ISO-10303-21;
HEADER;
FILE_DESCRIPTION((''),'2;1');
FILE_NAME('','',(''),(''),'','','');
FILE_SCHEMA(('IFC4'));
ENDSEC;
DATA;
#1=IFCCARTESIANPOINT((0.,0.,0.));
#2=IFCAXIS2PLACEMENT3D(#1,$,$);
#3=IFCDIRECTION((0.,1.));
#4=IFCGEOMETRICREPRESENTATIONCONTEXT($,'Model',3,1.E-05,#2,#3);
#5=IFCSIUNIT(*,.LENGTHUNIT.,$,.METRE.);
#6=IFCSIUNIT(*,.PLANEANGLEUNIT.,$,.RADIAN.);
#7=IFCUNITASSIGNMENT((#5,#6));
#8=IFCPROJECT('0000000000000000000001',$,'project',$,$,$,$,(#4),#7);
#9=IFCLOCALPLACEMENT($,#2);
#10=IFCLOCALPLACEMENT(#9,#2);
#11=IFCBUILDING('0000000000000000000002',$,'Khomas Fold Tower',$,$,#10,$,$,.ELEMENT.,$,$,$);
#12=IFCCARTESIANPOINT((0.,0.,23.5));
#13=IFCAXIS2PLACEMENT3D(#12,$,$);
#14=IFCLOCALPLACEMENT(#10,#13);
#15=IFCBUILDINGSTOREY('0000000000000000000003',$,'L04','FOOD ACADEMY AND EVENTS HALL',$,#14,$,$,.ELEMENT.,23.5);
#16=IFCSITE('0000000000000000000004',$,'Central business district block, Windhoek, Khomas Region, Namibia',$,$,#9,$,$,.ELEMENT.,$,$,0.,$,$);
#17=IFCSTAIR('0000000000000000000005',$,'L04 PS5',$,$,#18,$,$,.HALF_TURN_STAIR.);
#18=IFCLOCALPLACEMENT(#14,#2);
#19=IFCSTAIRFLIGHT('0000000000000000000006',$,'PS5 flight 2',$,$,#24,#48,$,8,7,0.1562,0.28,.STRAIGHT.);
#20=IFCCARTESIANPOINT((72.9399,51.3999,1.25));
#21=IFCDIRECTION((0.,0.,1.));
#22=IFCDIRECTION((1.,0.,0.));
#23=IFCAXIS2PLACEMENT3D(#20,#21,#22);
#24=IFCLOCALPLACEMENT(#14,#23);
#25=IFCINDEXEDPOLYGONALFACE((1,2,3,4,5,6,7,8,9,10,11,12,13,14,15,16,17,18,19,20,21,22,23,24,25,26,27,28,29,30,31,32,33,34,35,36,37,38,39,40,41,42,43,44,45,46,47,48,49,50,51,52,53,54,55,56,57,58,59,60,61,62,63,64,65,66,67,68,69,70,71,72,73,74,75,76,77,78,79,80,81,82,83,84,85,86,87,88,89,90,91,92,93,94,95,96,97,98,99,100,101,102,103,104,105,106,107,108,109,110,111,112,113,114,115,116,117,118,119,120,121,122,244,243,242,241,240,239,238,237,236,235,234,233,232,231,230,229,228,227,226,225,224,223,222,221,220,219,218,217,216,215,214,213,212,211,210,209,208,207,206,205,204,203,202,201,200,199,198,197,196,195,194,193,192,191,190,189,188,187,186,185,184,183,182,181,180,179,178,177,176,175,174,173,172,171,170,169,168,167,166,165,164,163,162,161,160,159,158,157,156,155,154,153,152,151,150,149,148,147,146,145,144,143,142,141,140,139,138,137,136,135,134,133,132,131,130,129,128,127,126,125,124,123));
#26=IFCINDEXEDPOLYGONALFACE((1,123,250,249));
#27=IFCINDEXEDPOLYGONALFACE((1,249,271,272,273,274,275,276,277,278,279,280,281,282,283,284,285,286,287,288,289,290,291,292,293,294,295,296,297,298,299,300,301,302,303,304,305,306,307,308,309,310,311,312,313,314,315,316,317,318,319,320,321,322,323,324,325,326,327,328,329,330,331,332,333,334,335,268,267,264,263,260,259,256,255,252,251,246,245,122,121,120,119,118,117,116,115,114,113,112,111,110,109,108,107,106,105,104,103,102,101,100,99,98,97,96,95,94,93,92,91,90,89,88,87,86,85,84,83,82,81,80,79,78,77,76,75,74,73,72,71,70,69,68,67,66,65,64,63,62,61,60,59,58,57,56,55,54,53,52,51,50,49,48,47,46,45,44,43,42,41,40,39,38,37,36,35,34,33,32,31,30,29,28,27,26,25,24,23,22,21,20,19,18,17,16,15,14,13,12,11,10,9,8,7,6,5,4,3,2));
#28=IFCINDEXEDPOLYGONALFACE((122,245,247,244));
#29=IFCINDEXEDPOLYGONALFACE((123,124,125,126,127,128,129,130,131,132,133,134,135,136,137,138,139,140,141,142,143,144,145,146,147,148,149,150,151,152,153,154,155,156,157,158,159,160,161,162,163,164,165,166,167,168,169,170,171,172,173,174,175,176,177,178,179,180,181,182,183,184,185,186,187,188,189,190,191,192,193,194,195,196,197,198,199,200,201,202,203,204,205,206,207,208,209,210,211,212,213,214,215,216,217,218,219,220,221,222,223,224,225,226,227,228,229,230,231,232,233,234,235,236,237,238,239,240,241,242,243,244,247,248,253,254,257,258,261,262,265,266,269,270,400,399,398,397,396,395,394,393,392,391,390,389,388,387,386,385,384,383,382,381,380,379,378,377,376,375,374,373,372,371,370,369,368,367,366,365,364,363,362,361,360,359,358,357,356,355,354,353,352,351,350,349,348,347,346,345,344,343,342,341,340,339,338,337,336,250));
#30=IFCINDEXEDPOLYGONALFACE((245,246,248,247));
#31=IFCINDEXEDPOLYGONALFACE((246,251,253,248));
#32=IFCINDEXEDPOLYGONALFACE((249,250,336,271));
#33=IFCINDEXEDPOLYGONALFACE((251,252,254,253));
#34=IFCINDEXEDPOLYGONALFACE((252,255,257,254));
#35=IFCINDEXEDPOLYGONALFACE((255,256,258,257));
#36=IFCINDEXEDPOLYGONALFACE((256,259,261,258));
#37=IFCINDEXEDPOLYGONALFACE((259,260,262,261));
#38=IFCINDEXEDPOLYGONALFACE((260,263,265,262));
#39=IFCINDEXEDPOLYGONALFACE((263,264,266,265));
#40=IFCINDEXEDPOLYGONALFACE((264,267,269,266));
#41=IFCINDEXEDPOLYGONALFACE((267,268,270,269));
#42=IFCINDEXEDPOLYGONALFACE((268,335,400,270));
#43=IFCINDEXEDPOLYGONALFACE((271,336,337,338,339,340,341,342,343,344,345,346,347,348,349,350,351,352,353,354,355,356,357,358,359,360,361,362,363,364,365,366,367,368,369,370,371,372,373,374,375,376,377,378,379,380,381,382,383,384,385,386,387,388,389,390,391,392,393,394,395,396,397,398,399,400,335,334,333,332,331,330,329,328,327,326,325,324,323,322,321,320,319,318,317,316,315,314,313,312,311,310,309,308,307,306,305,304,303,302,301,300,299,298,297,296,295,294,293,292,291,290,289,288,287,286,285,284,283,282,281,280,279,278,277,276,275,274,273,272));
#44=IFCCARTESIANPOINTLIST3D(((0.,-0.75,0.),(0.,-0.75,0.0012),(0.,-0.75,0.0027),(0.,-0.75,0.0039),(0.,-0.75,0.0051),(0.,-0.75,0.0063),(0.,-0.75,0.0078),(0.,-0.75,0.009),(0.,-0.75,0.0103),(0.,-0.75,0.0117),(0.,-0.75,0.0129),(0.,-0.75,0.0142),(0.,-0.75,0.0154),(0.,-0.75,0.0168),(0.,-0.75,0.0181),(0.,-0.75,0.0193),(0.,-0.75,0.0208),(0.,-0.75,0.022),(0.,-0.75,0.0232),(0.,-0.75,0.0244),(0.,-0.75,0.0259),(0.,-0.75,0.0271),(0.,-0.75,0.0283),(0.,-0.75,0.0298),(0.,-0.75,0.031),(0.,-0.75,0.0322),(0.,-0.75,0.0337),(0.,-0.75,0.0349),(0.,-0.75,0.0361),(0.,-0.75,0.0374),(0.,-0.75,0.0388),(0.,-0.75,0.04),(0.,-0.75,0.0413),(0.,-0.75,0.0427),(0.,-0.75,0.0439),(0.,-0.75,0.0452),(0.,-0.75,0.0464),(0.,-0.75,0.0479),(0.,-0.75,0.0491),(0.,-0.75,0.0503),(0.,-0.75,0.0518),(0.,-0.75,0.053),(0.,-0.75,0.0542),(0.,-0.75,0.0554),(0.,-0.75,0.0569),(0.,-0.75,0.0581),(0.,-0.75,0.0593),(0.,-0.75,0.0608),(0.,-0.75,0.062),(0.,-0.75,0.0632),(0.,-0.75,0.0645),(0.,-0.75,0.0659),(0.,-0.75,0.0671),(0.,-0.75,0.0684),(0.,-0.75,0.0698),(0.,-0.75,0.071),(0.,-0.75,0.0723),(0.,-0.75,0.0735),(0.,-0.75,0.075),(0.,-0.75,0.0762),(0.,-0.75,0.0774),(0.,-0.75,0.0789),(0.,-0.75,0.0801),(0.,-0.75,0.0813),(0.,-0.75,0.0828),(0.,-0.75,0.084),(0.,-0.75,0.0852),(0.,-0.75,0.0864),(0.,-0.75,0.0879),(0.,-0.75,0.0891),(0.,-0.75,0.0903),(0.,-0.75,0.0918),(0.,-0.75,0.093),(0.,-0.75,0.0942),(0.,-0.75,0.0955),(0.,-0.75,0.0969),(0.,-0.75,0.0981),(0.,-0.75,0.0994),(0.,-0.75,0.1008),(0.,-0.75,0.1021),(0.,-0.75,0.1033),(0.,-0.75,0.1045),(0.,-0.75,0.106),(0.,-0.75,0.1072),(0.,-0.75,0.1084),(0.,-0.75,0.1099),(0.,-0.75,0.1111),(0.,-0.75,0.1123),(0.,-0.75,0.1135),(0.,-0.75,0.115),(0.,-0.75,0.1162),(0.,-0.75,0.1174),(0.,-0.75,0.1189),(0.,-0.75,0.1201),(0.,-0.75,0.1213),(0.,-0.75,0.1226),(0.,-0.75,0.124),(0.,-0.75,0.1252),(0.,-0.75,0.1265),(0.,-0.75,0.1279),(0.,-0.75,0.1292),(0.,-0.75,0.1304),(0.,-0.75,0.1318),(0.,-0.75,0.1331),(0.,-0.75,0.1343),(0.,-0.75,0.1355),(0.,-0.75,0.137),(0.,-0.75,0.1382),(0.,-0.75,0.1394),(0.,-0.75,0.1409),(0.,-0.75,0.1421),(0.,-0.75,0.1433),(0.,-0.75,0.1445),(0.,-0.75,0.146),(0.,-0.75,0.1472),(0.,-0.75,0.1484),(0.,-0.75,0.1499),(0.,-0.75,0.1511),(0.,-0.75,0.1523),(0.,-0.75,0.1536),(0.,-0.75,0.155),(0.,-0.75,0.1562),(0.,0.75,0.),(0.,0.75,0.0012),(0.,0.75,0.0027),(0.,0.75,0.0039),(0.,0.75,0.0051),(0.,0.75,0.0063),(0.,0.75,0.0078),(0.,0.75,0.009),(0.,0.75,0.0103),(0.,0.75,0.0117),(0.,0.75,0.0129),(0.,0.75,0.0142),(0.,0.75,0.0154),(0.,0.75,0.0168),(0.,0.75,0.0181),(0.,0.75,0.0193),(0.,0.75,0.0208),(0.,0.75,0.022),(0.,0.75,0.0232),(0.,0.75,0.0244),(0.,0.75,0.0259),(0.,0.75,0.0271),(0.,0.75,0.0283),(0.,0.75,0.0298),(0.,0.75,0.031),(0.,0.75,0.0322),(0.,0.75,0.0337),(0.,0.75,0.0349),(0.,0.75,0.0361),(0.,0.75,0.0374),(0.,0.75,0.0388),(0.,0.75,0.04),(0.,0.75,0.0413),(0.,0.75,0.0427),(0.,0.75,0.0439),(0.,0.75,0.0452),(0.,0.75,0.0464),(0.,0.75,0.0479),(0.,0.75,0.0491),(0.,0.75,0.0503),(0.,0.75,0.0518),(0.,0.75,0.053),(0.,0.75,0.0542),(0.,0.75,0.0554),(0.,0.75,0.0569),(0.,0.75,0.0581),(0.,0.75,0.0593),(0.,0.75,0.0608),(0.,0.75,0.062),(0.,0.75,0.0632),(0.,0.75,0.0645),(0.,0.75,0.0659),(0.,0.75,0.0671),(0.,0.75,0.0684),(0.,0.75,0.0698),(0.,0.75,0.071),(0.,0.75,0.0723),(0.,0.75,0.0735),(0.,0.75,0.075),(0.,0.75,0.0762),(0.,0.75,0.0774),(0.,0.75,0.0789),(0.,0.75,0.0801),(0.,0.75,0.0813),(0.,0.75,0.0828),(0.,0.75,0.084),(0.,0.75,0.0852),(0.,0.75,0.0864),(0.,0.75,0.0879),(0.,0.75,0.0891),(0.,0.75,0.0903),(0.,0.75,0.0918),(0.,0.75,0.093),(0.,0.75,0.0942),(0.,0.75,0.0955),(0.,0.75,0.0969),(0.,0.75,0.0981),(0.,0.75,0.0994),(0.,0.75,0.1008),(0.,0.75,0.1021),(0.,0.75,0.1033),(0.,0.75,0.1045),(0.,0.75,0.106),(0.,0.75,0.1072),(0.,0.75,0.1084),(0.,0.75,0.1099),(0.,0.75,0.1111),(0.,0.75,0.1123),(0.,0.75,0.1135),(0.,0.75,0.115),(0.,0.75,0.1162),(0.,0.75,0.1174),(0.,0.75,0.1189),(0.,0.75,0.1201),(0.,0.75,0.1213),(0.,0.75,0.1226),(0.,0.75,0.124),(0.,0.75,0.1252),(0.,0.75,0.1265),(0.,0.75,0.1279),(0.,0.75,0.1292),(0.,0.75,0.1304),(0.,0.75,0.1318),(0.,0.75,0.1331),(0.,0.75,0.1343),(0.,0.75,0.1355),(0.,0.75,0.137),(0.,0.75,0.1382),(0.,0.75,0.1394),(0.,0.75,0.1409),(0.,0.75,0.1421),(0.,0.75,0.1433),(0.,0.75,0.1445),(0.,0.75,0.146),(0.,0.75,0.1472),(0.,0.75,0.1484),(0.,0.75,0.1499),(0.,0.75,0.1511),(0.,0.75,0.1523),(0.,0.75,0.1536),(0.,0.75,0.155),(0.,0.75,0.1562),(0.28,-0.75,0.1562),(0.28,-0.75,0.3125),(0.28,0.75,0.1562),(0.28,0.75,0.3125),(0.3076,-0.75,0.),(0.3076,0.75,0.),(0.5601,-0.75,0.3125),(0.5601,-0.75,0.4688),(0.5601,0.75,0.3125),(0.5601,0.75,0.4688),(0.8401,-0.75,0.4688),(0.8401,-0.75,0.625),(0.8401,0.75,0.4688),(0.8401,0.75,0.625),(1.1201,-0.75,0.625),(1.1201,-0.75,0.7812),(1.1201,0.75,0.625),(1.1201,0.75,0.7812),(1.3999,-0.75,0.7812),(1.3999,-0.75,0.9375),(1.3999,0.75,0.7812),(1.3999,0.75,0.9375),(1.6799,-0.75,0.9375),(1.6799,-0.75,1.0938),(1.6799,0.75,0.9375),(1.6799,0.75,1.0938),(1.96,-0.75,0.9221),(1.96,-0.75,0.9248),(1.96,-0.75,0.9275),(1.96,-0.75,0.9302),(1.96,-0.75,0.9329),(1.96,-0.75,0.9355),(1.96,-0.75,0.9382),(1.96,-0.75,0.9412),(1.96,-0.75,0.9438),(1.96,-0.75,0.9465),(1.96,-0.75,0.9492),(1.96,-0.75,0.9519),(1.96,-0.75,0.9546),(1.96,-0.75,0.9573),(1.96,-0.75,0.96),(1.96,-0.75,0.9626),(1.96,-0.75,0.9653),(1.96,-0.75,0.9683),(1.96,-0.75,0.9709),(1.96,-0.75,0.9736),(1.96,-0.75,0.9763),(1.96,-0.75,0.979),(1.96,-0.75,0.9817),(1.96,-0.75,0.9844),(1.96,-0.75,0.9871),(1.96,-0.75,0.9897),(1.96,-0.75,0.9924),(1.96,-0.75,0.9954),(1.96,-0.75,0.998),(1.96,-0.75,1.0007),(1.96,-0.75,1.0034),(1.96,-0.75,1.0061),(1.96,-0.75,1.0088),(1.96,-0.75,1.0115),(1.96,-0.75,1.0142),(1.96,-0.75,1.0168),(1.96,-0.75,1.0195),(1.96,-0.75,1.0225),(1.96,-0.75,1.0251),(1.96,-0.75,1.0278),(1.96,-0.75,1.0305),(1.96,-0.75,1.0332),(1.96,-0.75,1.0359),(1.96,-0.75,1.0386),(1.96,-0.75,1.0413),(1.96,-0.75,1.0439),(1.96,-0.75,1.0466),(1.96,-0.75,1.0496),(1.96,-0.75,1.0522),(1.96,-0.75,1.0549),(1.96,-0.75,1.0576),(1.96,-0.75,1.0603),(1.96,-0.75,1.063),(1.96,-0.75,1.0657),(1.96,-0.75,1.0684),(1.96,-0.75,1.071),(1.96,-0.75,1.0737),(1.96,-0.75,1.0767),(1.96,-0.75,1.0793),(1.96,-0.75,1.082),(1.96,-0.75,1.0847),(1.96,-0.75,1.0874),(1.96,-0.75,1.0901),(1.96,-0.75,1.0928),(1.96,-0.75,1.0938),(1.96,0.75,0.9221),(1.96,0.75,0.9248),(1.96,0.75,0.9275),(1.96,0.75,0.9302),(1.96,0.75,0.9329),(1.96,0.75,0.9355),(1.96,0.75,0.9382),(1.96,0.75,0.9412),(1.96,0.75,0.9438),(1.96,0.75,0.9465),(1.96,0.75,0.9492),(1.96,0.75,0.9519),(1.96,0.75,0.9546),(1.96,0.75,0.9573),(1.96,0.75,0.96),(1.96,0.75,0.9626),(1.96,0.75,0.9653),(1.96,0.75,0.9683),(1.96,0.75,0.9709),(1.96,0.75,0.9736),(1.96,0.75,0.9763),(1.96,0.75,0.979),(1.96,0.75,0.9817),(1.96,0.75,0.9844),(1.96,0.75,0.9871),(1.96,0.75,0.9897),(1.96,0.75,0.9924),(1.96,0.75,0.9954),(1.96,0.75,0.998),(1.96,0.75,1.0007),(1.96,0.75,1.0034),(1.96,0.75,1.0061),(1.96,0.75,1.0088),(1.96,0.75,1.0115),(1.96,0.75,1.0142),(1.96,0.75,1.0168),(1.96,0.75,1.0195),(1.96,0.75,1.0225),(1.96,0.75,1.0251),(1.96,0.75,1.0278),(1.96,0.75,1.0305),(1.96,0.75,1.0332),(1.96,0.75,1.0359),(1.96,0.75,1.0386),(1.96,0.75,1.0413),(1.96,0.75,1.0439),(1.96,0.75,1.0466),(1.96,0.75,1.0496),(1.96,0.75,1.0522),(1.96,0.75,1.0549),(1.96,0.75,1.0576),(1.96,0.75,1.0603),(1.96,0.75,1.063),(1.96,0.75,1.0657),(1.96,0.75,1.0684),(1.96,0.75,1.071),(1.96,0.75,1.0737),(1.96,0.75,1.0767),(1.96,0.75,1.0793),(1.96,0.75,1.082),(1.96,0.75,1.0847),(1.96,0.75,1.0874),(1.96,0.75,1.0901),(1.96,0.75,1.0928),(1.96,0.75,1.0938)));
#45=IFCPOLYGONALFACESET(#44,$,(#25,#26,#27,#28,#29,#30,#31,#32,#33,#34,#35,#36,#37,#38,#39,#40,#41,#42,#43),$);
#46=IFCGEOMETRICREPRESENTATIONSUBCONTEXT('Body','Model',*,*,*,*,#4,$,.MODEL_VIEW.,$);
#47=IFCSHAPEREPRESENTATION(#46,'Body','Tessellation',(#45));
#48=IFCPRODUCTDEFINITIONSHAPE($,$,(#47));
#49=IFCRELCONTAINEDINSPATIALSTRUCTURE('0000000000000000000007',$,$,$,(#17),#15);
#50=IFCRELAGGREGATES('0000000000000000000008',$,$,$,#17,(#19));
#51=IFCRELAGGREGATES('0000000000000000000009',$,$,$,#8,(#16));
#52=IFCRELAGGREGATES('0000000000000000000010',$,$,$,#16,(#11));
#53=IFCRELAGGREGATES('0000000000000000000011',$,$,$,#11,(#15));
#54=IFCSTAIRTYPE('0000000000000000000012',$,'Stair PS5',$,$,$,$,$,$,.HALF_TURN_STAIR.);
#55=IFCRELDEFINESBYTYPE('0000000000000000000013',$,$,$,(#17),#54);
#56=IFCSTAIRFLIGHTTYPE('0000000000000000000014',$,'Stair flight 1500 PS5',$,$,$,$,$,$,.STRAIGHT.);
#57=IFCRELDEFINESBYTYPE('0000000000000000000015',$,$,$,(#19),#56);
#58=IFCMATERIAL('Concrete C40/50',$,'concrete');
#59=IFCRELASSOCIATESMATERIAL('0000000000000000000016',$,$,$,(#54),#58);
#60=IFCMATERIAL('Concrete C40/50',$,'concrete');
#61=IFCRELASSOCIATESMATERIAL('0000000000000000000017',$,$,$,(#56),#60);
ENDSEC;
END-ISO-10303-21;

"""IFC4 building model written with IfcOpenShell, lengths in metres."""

from ifc_helpers import new_model, si_unit, direction, frame, origin, place, context, subcontext, project, spatial, polyline, outline, extrude, source, transform, mapped, material, type_object, element, aggregate, save


model = new_model("IFC4")

# Units and contexts
model_context = context("Model", 3, precision=1e-05, world=origin(), true_north=direction((0.0, 1.0)))
body_context = subcontext(model_context, "Body", "Model", "MODEL_VIEW")
ifc_project = project(units=[si_unit("LENGTHUNIT", "METRE"), si_unit("PLANEANGLEUNIT", "RADIAN")], contexts=[model_context])

# Site, building, storey
site_placement = place(None, origin())
site = spatial("IfcSite", under=ifc_project, at=site_placement, Name="Central business district block, Windhoek, Khomas Region, Namibia", CompositionType="ELEMENT", RefElevation=0.0)
building_placement = place(site_placement, origin())
building = spatial("IfcBuilding", under=site, at=building_placement, Name="Khomas Fold Tower", CompositionType="ELEMENT")
storey_placement = place(building_placement, frame((0.0, 0.0, 23.5)))
storey = spatial("IfcBuildingStorey", under=building, at=storey_placement, Name="L04", Description="FOOD ACADEMY AND EVENTS HALL", CompositionType="ELEMENT", Elevation=23.5)

# Stair, stair flight
ifc_material_1 = material(Name="Concrete C40/50", Category="concrete")
stair_type_1 = type_object("IfcStairType", Name="Stair PS5", PredefinedType="HALF_TURN_STAIR", material=ifc_material_1)
stair_1_placement = place(storey_placement, origin())
stair_1 = element("IfcStair", 1, at=stair_1_placement, inside=storey, type_object=stair_type_1, Name="L04 PS5", PredefinedType="HALF_TURN_STAIR")
ifc_material_2 = material(Name="Concrete C40/50", Category="concrete")
stair_flight_type_1 = type_object("IfcStairFlightType", Name="Stair flight 1500 PS5", PredefinedType="STRAIGHT", material=ifc_material_2)
shared_shape_1 = source(origin(), body_context, "Body", "SweptSolid", [
    extrude(outline(polyline([(0.0, 0.0), (0.0, 0.0012), (0.0, 0.0027), (0.0, 0.0039), (0.0, 0.0051), (0.0, 0.0063), (0.0, 0.0078), (0.0, 0.009), (0.0, 0.0103), (0.0, 0.0117), (0.0, 0.0129), (0.0, 0.0142), (0.0, 0.0154), (0.0, 0.0168), (0.0, 0.0181), (0.0, 0.0193), (0.0, 0.0208), (0.0, 0.022), (0.0, 0.0232), (0.0, 0.0244), (0.0, 0.0259), (0.0, 0.0271), (0.0, 0.0283), (0.0, 0.0298), (0.0, 0.031), (0.0, 0.0322), (0.0, 0.0337), (0.0, 0.0349), (0.0, 0.0361), (0.0, 0.0374), (0.0, 0.0388), (0.0, 0.04), (0.0, 0.0413), (0.0, 0.0427), (0.0, 0.0439), (0.0, 0.0452), (0.0, 0.0464), (0.0, 0.0479), (0.0, 0.0491), (0.0, 0.0503), (0.0, 0.0518), (0.0, 0.053), (0.0, 0.0542), (0.0, 0.0554), (0.0, 0.0569), (0.0, 0.0581), (0.0, 0.0593), (0.0, 0.0608), (0.0, 0.062), (0.0, 0.0632), (0.0, 0.0645), (0.0, 0.0659), (0.0, 0.0671), (0.0, 0.0684), (0.0, 0.0698), (0.0, 0.071), (0.0, 0.0723), (0.0, 0.0735), (0.0, 0.075), (0.0, 0.0762), (0.0, 0.0774), (0.0, 0.0789), (0.0, 0.0801), (0.0, 0.0813), (0.0, 0.0828), (0.0, 0.084), (0.0, 0.0852), (0.0, 0.0864), (0.0, 0.0879), (0.0, 0.0891), (0.0, 0.0903), (0.0, 0.0918), (0.0, 0.093), (0.0, 0.0942), (0.0, 0.0955), (0.0, 0.0969), (0.0, 0.0981), (0.0, 0.0994), (0.0, 0.1008), (0.0, 0.1021), (0.0, 0.1033), (0.0, 0.1045), (0.0, 0.106), (0.0, 0.1072), (0.0, 0.1084), (0.0, 0.1099), (0.0, 0.1111), (0.0, 0.1123), (0.0, 0.1135), (0.0, 0.115), (0.0, 0.1162), (0.0, 0.1174), (0.0, 0.1189), (0.0, 0.1201), (0.0, 0.1213), (0.0, 0.1226), (0.0, 0.124), (0.0, 0.1252), (0.0, 0.1265), (0.0, 0.1279), (0.0, 0.1292), (0.0, 0.1304), (0.0, 0.1318), (0.0, 0.1331), (0.0, 0.1343), (0.0, 0.1355), (0.0, 0.137), (0.0, 0.1382), (0.0, 0.1394), (0.0, 0.1409), (0.0, 0.1421), (0.0, 0.1433), (0.0, 0.1445), (0.0, 0.146), (0.0, 0.1472), (0.0, 0.1484), (0.0, 0.1499), (0.0, 0.1511), (0.0, 0.1523), (0.0, 0.1536), (0.0, 0.155), (0.0, 0.1562), (0.28, 0.1562), (0.28, 0.3125), (0.5601, 0.3125), (0.5601, 0.4688), (0.8401, 0.4688), (0.8401, 0.625), (1.1201, 0.625), (1.1201, 0.7812), (1.3999, 0.7812), (1.3999, 0.9375), (1.6799, 0.9375), (1.6799, 1.0938), (1.96, 1.0938), (1.96, 1.25), (1.96, 1.2473), (1.96, 1.2446), (1.96, 1.2419), (1.96, 1.2393), (1.96, 1.2363), (1.96, 1.2336), (1.96, 1.231), (1.96, 1.2283), (1.96, 1.2256), (1.96, 1.2229), (1.96, 1.2202), (1.96, 1.2175), (1.96, 1.2148), (1.96, 1.2122), (1.96, 1.2092), (1.96, 1.2065), (1.96, 1.2039), (1.96, 1.2012), (1.96, 1.1985), (1.96, 1.1958), (1.96, 1.1931), (1.96, 1.1904), (1.96, 1.1877), (1.96, 1.1851), (1.96, 1.1821), (1.96, 1.1794), (1.96, 1.1768), (1.96, 1.1741), (1.96, 1.1714), (1.96, 1.1687), (1.96, 1.166), (1.96, 1.1633), (1.96, 1.1606), (1.96, 1.158), (1.96, 1.155), (1.96, 1.1523), (1.96, 1.1497), (1.96, 1.147), (1.96, 1.1443), (1.96, 1.1416), (1.96, 1.1389), (1.96, 1.1362), (1.96, 1.1335), (1.96, 1.1309), (1.96, 1.1279), (1.96, 1.1252), (1.96, 1.1226), (1.96, 1.1199), (1.96, 1.1172), (1.96, 1.1145), (1.96, 1.1118), (1.96, 1.1091), (1.96, 1.1064), (1.96, 1.1038), (1.96, 1.1008), (1.96, 1.0981), (1.96, 1.0955), (1.96, 1.0928), (1.96, 1.0901), (1.96, 1.0874), (1.96, 1.0847), (1.96, 1.082), (1.96, 1.0793), (1.96, 1.0767), (1.96, 1.0737), (1.96, 1.071), (1.96, 1.0684), (1.96, 1.0657), (1.96, 1.063), (1.96, 1.0603), (1.96, 1.0576), (1.96, 1.0549), (1.96, 1.0522), (1.96, 1.0496), (1.96, 1.0466), (1.96, 1.0439), (1.96, 1.0413), (1.96, 1.0386), (1.96, 1.0359), (1.96, 1.0332), (1.96, 1.0305), (1.96, 1.0278), (1.96, 1.0251), (1.96, 1.0225), (1.96, 1.0195), (1.96, 1.0168), (1.96, 1.0142), (1.96, 1.0115), (1.96, 1.0088), (1.96, 1.0061), (1.96, 1.0034), (1.96, 1.0007), (1.96, 0.998), (1.96, 0.9954), (1.96, 0.9924), (1.96, 0.9897), (1.96, 0.9871), (1.96, 0.9844), (1.96, 0.9817), (1.96, 0.979), (1.96, 0.9763), (1.96, 0.9736), (1.96, 0.9709), (1.96, 0.9683), (1.96, 0.9653), (1.96, 0.9626), (1.96, 0.96), (1.96, 0.9573), (1.96, 0.9546), (1.96, 0.9519), (1.96, 0.9492), (1.96, 0.9465), (1.96, 0.9438), (1.96, 0.9412), (1.96, 0.9382), (1.96, 0.9355), (1.96, 0.9329), (1.96, 0.9302), (1.96, 0.9275), (1.96, 0.9248), (1.96, 0.9221), (0.3076, 0.0), (0.0, 0.0)])), frame((0.0, 0.75, 0.0), z_axis=(0.0, -1.0, 0.0), x_axis=(1.0, 0.0, 0.0)), (0.0, 0.0, 1.0), 1.5),
])
stair_flight_1_placement = place(storey_placement, frame((72.9399, 51.3999, 1.25), z_axis=(0.0, 0.0, 1.0), x_axis=(1.0, 0.0, 0.0)))
stair_flight_1 = element("IfcStairFlight", 2, at=stair_flight_1_placement, type_object=stair_flight_type_1, Name="PS5 flight 2", NumberOfRisers=8, NumberOfTreads=7, PredefinedType="STRAIGHT", RiserHeight=0.1562, TreadLength=0.28, context=body_context, shape_type="MappedRepresentation", body=[
    mapped(shared_shape_1, transform((0.0, 0.0, 0.0))),
])
aggregate(stair_1, [stair_flight_1])

save(model, "model.ifc")
